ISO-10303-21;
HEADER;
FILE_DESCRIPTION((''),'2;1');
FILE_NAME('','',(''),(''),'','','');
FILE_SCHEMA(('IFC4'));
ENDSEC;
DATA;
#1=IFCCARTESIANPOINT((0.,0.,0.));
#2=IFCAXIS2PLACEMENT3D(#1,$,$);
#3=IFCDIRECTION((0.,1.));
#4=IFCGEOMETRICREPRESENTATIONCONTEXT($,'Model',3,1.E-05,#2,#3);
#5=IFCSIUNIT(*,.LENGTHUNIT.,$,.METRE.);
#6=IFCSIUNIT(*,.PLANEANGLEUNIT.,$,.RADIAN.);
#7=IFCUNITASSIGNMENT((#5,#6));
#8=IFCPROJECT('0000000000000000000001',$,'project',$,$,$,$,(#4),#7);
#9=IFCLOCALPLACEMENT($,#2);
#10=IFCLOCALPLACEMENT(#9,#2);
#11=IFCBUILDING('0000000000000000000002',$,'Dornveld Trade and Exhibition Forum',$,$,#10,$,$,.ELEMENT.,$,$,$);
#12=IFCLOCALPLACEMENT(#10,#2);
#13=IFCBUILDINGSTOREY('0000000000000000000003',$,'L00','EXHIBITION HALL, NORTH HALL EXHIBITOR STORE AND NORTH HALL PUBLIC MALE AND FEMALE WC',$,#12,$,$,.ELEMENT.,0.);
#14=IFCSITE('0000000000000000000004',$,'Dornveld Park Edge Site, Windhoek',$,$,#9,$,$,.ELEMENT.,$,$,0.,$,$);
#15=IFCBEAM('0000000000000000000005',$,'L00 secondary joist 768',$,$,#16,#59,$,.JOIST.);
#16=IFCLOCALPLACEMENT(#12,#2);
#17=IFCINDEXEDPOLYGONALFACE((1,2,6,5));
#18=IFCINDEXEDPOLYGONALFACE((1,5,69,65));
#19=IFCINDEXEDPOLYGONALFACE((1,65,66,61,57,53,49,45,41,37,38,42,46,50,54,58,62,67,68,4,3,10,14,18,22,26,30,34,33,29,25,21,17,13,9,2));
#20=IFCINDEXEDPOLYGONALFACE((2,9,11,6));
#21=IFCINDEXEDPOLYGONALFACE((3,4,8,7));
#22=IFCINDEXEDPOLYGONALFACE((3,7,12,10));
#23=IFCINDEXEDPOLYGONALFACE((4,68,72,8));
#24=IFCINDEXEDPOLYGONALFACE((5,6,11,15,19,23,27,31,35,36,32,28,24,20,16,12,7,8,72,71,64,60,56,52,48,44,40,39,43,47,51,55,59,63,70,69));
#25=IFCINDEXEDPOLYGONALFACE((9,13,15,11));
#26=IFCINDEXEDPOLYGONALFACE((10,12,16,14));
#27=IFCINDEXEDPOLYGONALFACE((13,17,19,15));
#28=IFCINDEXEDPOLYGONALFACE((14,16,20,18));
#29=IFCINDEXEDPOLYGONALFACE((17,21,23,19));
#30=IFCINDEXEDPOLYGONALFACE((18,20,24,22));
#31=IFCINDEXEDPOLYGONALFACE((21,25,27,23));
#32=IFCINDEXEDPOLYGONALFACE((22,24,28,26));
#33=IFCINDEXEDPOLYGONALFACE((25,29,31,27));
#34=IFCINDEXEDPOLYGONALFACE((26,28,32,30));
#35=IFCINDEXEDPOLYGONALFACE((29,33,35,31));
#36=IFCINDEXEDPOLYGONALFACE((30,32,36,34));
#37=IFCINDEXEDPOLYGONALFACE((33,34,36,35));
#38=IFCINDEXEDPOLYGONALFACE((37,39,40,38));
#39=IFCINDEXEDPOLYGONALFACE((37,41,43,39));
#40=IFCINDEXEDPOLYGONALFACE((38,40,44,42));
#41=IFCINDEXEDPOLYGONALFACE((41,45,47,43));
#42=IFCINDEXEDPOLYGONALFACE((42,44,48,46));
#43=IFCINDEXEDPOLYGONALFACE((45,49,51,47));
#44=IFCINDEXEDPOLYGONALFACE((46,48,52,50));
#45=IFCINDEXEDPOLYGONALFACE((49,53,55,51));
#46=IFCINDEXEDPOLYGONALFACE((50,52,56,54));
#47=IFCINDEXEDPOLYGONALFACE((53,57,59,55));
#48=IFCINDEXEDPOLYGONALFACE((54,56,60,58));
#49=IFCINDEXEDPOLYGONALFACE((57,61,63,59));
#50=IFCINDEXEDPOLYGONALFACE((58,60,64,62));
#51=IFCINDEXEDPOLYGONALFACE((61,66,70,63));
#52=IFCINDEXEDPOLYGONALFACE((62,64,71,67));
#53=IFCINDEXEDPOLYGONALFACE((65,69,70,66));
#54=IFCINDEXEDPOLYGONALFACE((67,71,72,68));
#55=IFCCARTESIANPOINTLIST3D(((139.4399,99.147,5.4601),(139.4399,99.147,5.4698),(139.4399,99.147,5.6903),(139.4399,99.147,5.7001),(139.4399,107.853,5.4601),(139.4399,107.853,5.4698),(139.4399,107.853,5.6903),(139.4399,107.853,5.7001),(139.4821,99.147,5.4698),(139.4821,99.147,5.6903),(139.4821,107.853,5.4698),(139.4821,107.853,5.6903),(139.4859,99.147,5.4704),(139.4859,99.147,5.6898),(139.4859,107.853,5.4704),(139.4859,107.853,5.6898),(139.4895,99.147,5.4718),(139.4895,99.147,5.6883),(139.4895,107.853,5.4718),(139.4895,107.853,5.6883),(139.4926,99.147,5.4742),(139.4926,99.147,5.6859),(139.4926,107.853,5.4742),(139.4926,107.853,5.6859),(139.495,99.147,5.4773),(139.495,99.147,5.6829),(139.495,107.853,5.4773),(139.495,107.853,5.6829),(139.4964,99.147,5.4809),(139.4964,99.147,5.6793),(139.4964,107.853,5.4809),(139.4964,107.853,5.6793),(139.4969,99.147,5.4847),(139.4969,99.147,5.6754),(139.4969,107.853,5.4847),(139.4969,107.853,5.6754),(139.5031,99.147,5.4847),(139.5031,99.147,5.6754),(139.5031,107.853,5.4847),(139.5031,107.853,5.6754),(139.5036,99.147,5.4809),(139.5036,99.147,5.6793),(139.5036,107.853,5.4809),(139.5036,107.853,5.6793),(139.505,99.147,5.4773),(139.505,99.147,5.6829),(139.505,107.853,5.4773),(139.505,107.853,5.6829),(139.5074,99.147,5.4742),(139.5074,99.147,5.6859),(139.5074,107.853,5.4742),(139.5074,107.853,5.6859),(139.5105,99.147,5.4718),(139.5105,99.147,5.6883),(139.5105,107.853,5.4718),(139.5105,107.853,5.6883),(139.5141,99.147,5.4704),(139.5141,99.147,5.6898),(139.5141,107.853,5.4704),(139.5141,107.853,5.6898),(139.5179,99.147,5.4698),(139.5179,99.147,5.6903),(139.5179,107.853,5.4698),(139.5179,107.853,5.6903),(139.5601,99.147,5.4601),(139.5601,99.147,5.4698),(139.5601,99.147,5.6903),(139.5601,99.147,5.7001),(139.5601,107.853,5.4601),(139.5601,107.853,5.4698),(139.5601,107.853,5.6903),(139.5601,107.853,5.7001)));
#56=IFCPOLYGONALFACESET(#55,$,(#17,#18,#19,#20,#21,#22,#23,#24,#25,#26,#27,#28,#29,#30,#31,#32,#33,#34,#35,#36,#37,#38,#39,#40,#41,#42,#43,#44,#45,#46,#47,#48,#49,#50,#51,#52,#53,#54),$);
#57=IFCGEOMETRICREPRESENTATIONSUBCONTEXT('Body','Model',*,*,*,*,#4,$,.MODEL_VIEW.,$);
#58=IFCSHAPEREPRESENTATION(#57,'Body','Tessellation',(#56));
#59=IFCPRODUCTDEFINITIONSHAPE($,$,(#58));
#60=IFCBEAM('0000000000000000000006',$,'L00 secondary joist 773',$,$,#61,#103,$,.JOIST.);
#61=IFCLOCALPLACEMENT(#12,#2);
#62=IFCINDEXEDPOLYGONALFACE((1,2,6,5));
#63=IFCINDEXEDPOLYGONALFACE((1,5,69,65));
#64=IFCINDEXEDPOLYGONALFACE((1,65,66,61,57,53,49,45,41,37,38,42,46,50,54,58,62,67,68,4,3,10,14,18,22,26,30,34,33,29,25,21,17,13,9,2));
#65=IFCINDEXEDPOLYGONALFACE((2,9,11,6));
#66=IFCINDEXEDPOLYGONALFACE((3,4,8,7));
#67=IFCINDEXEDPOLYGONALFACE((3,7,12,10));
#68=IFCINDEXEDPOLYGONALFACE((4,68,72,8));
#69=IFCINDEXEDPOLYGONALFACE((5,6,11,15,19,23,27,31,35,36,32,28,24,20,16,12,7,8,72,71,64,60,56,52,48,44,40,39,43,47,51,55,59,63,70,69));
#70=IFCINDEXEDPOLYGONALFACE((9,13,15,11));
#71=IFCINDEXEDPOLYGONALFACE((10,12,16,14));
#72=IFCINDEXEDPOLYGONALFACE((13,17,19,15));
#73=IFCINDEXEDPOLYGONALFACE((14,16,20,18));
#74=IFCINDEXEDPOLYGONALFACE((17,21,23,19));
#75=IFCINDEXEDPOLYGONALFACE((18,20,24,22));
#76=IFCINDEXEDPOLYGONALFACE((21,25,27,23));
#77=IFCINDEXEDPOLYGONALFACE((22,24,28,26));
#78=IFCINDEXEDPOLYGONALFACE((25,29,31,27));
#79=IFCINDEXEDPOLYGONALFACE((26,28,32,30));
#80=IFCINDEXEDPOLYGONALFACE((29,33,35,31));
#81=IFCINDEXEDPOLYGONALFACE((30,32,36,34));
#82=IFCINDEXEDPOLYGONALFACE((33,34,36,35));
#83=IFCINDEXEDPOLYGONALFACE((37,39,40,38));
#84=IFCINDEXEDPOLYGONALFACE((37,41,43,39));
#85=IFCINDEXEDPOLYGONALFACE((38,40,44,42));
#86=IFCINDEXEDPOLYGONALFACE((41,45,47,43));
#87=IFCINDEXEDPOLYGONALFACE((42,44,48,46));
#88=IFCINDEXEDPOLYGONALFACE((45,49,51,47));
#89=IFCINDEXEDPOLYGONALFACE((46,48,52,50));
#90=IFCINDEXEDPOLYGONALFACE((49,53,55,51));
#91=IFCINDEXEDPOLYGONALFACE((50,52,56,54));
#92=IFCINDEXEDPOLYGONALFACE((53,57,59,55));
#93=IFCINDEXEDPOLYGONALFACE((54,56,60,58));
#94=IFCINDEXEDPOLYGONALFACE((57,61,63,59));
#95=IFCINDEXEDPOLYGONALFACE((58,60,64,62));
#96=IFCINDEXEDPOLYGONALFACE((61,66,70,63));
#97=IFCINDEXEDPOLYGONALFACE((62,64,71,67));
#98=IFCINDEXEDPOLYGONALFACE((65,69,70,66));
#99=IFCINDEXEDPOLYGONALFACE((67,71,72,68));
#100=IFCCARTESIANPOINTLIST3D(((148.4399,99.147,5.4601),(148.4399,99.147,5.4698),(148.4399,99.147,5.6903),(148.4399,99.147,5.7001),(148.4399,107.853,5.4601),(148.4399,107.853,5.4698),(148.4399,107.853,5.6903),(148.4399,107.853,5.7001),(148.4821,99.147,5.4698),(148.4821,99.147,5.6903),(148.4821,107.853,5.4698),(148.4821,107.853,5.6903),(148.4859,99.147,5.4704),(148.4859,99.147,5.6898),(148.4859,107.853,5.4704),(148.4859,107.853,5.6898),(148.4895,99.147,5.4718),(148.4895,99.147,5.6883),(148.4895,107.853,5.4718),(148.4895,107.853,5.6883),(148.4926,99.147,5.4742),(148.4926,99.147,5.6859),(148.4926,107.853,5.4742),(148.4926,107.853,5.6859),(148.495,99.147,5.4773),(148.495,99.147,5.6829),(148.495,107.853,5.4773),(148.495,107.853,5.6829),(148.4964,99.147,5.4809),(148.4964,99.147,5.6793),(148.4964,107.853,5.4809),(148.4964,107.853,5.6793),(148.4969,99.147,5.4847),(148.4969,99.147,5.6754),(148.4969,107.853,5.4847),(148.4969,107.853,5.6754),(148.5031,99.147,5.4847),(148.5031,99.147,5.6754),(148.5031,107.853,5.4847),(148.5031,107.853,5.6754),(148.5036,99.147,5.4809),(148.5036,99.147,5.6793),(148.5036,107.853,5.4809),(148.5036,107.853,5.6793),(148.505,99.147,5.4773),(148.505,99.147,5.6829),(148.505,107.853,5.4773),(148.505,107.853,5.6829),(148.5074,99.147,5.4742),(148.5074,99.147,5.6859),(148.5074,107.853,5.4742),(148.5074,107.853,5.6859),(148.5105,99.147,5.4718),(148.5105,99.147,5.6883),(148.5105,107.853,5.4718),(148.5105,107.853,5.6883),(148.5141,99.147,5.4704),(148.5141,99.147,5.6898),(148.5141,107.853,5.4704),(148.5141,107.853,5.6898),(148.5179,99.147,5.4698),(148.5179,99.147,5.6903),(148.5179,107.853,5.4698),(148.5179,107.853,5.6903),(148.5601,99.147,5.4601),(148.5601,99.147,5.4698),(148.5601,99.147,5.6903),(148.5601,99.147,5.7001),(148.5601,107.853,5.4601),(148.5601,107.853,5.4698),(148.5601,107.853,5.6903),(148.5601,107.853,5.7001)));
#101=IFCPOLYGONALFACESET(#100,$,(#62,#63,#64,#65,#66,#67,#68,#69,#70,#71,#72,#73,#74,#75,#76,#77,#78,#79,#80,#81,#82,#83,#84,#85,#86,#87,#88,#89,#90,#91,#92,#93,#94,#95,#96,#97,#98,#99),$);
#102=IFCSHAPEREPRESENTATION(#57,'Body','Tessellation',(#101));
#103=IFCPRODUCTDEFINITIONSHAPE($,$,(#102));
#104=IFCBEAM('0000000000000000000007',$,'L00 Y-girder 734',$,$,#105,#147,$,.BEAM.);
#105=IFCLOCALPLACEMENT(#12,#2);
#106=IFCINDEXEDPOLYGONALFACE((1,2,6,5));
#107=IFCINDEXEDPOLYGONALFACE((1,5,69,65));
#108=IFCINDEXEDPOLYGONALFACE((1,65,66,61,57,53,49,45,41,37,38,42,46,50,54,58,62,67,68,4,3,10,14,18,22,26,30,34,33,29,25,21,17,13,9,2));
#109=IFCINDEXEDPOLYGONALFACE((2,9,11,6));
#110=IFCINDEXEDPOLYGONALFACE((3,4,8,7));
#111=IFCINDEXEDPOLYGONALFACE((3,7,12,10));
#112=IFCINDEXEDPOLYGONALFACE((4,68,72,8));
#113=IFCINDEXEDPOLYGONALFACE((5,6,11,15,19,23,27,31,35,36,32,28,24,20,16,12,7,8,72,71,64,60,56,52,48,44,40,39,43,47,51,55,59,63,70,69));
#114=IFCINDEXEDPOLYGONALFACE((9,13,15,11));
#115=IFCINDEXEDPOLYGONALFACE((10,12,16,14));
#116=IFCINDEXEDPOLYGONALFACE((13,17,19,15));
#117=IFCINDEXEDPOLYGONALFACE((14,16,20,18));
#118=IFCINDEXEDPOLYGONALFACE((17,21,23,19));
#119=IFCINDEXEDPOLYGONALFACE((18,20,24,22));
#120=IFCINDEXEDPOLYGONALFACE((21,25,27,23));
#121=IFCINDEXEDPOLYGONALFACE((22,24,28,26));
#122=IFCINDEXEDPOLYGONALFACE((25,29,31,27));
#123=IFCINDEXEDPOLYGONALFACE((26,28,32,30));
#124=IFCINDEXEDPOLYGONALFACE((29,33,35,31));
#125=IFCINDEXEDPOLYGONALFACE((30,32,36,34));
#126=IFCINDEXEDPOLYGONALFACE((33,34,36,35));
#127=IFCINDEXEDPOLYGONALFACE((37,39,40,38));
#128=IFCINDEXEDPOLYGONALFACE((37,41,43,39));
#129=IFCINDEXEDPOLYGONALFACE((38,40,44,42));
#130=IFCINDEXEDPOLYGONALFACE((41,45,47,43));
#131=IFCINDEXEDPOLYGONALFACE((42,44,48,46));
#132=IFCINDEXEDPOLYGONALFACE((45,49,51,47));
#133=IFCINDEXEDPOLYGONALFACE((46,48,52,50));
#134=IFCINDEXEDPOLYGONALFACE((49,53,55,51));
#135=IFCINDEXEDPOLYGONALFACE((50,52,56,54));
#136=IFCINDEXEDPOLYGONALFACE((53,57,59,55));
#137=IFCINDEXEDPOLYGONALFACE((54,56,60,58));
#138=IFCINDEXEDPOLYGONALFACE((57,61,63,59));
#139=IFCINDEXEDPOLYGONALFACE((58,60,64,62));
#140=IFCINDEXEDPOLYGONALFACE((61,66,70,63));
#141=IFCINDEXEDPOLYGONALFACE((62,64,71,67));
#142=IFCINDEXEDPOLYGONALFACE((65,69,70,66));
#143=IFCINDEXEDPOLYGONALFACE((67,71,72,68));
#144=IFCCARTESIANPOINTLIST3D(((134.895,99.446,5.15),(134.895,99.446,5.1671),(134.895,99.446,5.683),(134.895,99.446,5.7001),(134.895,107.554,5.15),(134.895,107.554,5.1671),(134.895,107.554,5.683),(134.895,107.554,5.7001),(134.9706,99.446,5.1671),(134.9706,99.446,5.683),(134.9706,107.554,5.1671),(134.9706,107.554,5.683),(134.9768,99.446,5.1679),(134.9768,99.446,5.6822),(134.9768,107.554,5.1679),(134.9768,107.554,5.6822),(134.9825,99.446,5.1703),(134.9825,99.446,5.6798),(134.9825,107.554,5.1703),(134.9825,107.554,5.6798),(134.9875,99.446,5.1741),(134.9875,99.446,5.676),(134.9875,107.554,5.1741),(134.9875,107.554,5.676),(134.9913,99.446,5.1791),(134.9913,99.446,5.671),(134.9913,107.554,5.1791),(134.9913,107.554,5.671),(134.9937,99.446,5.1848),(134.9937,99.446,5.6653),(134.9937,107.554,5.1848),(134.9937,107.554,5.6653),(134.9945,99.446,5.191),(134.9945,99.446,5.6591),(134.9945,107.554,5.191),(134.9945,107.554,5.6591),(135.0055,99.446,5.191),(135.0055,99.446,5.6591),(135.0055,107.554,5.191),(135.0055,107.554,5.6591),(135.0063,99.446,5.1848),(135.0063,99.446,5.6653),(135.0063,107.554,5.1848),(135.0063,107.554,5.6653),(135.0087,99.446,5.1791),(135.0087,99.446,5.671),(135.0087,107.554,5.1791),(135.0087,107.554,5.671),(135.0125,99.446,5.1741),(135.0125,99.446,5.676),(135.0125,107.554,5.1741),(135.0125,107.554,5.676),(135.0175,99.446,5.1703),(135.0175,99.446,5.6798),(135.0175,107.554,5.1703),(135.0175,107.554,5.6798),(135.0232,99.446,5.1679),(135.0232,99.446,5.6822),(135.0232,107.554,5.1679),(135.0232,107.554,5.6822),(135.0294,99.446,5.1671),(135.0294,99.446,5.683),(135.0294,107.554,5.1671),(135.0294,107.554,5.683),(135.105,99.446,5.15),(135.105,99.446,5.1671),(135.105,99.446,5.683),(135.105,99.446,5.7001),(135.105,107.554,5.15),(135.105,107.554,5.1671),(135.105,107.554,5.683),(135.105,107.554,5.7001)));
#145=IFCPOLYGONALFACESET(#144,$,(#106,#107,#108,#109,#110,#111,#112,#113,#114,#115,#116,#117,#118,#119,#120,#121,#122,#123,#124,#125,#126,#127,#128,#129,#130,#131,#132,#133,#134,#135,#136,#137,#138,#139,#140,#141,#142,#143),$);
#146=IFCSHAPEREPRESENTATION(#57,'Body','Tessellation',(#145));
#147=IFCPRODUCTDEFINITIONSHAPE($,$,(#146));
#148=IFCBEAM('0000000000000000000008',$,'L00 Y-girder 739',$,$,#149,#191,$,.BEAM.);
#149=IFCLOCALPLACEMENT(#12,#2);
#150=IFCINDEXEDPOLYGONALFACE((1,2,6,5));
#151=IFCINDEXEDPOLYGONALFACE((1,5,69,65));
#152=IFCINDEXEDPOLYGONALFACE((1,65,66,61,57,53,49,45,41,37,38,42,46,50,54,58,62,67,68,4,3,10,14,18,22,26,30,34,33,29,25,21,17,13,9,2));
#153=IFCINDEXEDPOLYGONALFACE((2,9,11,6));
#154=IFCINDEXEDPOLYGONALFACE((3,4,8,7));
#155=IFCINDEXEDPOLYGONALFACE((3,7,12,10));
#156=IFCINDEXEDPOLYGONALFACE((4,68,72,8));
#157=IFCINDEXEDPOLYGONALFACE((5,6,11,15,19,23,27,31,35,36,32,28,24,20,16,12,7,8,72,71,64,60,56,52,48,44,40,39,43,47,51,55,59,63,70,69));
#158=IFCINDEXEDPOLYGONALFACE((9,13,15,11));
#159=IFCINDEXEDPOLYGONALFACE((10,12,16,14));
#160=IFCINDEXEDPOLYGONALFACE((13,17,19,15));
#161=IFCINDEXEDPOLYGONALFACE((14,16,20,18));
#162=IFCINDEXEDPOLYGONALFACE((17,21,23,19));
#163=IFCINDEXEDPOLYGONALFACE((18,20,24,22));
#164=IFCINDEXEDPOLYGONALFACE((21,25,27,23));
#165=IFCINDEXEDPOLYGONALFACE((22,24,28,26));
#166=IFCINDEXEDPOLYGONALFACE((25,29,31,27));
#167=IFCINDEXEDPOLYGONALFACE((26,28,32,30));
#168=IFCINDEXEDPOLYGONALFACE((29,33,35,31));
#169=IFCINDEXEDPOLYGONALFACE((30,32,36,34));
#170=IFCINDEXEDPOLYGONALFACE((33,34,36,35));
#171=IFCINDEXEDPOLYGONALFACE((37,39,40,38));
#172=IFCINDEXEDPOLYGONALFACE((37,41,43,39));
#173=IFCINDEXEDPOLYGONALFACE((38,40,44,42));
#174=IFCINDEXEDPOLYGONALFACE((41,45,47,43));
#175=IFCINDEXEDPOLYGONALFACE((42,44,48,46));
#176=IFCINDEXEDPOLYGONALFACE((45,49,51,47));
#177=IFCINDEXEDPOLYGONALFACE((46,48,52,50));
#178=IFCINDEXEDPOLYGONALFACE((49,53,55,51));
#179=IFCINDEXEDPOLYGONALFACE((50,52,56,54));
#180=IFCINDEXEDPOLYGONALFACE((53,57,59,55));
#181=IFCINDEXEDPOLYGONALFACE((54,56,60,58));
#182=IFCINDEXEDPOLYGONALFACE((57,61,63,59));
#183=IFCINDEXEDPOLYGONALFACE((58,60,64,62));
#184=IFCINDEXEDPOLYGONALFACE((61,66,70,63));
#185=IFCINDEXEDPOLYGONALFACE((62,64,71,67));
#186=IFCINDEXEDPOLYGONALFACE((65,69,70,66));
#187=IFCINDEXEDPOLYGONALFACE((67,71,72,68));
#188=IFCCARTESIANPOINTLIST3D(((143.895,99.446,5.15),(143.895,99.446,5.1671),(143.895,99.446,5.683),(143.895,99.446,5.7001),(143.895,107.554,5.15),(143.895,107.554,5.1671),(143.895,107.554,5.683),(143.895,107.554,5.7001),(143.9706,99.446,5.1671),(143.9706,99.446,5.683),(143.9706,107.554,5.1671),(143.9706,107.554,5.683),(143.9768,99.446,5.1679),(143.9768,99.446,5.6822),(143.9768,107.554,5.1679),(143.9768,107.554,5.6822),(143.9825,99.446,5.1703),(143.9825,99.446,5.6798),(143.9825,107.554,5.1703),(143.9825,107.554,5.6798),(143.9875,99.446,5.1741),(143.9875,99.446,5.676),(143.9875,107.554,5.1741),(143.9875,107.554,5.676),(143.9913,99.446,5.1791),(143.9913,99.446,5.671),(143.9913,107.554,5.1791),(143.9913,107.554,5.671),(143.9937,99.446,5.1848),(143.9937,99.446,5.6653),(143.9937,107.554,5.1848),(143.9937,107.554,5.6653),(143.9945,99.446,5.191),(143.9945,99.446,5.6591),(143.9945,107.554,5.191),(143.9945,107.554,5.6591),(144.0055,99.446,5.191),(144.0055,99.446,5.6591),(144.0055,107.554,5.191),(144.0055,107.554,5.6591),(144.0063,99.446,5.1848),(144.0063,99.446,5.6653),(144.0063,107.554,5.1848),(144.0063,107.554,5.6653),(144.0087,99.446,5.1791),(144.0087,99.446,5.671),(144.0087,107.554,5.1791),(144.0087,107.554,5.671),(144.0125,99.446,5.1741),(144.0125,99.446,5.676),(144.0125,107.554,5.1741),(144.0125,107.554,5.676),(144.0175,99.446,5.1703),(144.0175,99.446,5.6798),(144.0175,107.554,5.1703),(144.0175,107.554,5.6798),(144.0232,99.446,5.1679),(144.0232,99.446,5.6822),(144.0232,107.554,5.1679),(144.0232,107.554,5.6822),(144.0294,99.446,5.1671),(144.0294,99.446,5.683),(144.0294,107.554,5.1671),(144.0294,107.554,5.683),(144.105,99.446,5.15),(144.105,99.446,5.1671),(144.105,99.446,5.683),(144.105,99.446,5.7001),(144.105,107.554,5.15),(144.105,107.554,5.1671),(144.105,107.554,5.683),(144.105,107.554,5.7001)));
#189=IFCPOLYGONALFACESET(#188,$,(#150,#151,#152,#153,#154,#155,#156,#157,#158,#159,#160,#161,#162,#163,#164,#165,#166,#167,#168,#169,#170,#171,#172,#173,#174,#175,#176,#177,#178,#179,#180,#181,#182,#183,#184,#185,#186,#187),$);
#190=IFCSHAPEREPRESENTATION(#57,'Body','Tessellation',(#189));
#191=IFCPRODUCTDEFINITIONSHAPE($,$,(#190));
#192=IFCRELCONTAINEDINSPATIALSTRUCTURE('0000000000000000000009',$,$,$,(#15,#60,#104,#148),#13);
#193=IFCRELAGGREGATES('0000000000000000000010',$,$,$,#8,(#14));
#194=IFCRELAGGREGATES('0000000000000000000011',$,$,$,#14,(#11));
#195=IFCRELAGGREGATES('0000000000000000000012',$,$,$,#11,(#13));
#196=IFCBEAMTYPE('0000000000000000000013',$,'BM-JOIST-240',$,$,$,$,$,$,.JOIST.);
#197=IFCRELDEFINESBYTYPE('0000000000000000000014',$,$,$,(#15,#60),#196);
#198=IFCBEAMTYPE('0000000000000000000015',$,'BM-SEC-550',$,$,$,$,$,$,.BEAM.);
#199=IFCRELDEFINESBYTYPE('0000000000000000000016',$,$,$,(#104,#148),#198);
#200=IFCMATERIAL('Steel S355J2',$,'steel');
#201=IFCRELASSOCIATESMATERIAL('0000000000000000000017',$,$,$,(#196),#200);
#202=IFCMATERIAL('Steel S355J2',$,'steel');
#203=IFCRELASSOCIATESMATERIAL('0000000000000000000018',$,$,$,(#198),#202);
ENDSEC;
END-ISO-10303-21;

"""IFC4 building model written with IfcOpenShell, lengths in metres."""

from ifc_helpers import new_model, si_unit, direction, frame, origin, origin_2d, place, context, subcontext, project, spatial, i_section, extrude, material, material_profile, profile_set, type_object, element, save


model = new_model("IFC4")

# Units and contexts
model_context = context("Model", 3, precision=1e-05, world=origin(), true_north=direction((0.0, 1.0)))
body_context = subcontext(model_context, "Body", "Model", "MODEL_VIEW")
ifc_project = project(units=[si_unit("LENGTHUNIT", "METRE"), si_unit("PLANEANGLEUNIT", "RADIAN")], contexts=[model_context])

# Site, building, storey
site_placement = place(None, origin())
site = spatial("IfcSite", under=ifc_project, at=site_placement, Name="Dornveld Park Edge Site, Windhoek", CompositionType="ELEMENT", RefElevation=0.0)
building_placement = place(site_placement, origin())
building = spatial("IfcBuilding", under=site, at=building_placement, Name="Dornveld Trade and Exhibition Forum", CompositionType="ELEMENT")
storey_placement = place(building_placement, origin())
storey = spatial("IfcBuildingStorey", under=building, at=storey_placement, Name="L00", Description="EXHIBITION HALL, NORTH HALL EXHIBITOR STORE AND NORTH HALL PUBLIC MALE AND FEMALE WC", CompositionType="ELEMENT", Elevation=0.0)

# Beams
ifc_material_1 = material(Name="Steel S355J2", Category="steel")
ifc_material_profile_1 = material_profile(ifc_material_1, i_section(OverallWidth=0.1201, OverallDepth=0.24, WebThickness=0.0061, FlangeThickness=0.0098, FilletRadius=0.0149, at=origin_2d()), Name="IPE 240")
ifc_profile_set_1 = profile_set([ifc_material_profile_1], Name="Steel S355J2")
beam_type_1 = type_object("IfcBeamType", Name="BM-JOIST-240", PredefinedType="JOIST", material=ifc_profile_set_1)
for number, where, z_axis, x_axis, name in (
    (1, (139.5, 99.147, 5.5801), (0.0, 1.0, 0.0), (-1.0, 0.0, 0.0), "L00 secondary joist 768"),
    (2, (148.5, 99.147, 5.5801), (0.0, 1.0, 0.0), (-1.0, 0.0, 0.0), "L00 secondary joist 773"),
):
    element("IfcBeam", number, at=place(storey_placement, frame(where, z_axis=z_axis, x_axis=x_axis)), inside=storey, type_object=beam_type_1, Name=name, PredefinedType="JOIST", context=body_context, shape_type="SweptSolid", body=[
        extrude(i_section(OverallWidth=0.1201, OverallDepth=0.24, WebThickness=0.0061, FlangeThickness=0.0098, FilletRadius=0.0149, at=origin_2d()), origin(), (0.0, 0.0, 1.0), 8.7061),
    ])
ifc_material_2 = material(Name="Steel S355J2", Category="steel")
ifc_material_profile_2 = material_profile(ifc_material_2, i_section(OverallWidth=0.21, OverallDepth=0.55, WebThickness=0.011, FlangeThickness=0.0171, FilletRadius=0.0239, at=origin_2d()), Name="IPE 550")
ifc_profile_set_2 = profile_set([ifc_material_profile_2], Name="Steel S355J2")
beam_type_2 = type_object("IfcBeamType", Name="BM-SEC-550", PredefinedType="BEAM", material=ifc_profile_set_2)
for number, where, z_axis, x_axis, name in (
    (3, (135.0, 99.446, 5.425), (0.0, 1.0, 0.0), (-1.0, 0.0, 0.0), "L00 Y-girder 734"),
    (4, (144.0, 99.446, 5.425), (0.0, 1.0, 0.0), (-1.0, 0.0, 0.0), "L00 Y-girder 739"),
):
    element("IfcBeam", number, at=place(storey_placement, frame(where, z_axis=z_axis, x_axis=x_axis)), inside=storey, type_object=beam_type_2, Name=name, PredefinedType="BEAM", context=body_context, shape_type="SweptSolid", body=[
        extrude(i_section(OverallWidth=0.21, OverallDepth=0.55, WebThickness=0.011, FlangeThickness=0.0171, FilletRadius=0.0239, at=origin_2d()), origin(), (0.0, 0.0, 1.0), 8.1079),
    ])

save(model, "model.ifc")
